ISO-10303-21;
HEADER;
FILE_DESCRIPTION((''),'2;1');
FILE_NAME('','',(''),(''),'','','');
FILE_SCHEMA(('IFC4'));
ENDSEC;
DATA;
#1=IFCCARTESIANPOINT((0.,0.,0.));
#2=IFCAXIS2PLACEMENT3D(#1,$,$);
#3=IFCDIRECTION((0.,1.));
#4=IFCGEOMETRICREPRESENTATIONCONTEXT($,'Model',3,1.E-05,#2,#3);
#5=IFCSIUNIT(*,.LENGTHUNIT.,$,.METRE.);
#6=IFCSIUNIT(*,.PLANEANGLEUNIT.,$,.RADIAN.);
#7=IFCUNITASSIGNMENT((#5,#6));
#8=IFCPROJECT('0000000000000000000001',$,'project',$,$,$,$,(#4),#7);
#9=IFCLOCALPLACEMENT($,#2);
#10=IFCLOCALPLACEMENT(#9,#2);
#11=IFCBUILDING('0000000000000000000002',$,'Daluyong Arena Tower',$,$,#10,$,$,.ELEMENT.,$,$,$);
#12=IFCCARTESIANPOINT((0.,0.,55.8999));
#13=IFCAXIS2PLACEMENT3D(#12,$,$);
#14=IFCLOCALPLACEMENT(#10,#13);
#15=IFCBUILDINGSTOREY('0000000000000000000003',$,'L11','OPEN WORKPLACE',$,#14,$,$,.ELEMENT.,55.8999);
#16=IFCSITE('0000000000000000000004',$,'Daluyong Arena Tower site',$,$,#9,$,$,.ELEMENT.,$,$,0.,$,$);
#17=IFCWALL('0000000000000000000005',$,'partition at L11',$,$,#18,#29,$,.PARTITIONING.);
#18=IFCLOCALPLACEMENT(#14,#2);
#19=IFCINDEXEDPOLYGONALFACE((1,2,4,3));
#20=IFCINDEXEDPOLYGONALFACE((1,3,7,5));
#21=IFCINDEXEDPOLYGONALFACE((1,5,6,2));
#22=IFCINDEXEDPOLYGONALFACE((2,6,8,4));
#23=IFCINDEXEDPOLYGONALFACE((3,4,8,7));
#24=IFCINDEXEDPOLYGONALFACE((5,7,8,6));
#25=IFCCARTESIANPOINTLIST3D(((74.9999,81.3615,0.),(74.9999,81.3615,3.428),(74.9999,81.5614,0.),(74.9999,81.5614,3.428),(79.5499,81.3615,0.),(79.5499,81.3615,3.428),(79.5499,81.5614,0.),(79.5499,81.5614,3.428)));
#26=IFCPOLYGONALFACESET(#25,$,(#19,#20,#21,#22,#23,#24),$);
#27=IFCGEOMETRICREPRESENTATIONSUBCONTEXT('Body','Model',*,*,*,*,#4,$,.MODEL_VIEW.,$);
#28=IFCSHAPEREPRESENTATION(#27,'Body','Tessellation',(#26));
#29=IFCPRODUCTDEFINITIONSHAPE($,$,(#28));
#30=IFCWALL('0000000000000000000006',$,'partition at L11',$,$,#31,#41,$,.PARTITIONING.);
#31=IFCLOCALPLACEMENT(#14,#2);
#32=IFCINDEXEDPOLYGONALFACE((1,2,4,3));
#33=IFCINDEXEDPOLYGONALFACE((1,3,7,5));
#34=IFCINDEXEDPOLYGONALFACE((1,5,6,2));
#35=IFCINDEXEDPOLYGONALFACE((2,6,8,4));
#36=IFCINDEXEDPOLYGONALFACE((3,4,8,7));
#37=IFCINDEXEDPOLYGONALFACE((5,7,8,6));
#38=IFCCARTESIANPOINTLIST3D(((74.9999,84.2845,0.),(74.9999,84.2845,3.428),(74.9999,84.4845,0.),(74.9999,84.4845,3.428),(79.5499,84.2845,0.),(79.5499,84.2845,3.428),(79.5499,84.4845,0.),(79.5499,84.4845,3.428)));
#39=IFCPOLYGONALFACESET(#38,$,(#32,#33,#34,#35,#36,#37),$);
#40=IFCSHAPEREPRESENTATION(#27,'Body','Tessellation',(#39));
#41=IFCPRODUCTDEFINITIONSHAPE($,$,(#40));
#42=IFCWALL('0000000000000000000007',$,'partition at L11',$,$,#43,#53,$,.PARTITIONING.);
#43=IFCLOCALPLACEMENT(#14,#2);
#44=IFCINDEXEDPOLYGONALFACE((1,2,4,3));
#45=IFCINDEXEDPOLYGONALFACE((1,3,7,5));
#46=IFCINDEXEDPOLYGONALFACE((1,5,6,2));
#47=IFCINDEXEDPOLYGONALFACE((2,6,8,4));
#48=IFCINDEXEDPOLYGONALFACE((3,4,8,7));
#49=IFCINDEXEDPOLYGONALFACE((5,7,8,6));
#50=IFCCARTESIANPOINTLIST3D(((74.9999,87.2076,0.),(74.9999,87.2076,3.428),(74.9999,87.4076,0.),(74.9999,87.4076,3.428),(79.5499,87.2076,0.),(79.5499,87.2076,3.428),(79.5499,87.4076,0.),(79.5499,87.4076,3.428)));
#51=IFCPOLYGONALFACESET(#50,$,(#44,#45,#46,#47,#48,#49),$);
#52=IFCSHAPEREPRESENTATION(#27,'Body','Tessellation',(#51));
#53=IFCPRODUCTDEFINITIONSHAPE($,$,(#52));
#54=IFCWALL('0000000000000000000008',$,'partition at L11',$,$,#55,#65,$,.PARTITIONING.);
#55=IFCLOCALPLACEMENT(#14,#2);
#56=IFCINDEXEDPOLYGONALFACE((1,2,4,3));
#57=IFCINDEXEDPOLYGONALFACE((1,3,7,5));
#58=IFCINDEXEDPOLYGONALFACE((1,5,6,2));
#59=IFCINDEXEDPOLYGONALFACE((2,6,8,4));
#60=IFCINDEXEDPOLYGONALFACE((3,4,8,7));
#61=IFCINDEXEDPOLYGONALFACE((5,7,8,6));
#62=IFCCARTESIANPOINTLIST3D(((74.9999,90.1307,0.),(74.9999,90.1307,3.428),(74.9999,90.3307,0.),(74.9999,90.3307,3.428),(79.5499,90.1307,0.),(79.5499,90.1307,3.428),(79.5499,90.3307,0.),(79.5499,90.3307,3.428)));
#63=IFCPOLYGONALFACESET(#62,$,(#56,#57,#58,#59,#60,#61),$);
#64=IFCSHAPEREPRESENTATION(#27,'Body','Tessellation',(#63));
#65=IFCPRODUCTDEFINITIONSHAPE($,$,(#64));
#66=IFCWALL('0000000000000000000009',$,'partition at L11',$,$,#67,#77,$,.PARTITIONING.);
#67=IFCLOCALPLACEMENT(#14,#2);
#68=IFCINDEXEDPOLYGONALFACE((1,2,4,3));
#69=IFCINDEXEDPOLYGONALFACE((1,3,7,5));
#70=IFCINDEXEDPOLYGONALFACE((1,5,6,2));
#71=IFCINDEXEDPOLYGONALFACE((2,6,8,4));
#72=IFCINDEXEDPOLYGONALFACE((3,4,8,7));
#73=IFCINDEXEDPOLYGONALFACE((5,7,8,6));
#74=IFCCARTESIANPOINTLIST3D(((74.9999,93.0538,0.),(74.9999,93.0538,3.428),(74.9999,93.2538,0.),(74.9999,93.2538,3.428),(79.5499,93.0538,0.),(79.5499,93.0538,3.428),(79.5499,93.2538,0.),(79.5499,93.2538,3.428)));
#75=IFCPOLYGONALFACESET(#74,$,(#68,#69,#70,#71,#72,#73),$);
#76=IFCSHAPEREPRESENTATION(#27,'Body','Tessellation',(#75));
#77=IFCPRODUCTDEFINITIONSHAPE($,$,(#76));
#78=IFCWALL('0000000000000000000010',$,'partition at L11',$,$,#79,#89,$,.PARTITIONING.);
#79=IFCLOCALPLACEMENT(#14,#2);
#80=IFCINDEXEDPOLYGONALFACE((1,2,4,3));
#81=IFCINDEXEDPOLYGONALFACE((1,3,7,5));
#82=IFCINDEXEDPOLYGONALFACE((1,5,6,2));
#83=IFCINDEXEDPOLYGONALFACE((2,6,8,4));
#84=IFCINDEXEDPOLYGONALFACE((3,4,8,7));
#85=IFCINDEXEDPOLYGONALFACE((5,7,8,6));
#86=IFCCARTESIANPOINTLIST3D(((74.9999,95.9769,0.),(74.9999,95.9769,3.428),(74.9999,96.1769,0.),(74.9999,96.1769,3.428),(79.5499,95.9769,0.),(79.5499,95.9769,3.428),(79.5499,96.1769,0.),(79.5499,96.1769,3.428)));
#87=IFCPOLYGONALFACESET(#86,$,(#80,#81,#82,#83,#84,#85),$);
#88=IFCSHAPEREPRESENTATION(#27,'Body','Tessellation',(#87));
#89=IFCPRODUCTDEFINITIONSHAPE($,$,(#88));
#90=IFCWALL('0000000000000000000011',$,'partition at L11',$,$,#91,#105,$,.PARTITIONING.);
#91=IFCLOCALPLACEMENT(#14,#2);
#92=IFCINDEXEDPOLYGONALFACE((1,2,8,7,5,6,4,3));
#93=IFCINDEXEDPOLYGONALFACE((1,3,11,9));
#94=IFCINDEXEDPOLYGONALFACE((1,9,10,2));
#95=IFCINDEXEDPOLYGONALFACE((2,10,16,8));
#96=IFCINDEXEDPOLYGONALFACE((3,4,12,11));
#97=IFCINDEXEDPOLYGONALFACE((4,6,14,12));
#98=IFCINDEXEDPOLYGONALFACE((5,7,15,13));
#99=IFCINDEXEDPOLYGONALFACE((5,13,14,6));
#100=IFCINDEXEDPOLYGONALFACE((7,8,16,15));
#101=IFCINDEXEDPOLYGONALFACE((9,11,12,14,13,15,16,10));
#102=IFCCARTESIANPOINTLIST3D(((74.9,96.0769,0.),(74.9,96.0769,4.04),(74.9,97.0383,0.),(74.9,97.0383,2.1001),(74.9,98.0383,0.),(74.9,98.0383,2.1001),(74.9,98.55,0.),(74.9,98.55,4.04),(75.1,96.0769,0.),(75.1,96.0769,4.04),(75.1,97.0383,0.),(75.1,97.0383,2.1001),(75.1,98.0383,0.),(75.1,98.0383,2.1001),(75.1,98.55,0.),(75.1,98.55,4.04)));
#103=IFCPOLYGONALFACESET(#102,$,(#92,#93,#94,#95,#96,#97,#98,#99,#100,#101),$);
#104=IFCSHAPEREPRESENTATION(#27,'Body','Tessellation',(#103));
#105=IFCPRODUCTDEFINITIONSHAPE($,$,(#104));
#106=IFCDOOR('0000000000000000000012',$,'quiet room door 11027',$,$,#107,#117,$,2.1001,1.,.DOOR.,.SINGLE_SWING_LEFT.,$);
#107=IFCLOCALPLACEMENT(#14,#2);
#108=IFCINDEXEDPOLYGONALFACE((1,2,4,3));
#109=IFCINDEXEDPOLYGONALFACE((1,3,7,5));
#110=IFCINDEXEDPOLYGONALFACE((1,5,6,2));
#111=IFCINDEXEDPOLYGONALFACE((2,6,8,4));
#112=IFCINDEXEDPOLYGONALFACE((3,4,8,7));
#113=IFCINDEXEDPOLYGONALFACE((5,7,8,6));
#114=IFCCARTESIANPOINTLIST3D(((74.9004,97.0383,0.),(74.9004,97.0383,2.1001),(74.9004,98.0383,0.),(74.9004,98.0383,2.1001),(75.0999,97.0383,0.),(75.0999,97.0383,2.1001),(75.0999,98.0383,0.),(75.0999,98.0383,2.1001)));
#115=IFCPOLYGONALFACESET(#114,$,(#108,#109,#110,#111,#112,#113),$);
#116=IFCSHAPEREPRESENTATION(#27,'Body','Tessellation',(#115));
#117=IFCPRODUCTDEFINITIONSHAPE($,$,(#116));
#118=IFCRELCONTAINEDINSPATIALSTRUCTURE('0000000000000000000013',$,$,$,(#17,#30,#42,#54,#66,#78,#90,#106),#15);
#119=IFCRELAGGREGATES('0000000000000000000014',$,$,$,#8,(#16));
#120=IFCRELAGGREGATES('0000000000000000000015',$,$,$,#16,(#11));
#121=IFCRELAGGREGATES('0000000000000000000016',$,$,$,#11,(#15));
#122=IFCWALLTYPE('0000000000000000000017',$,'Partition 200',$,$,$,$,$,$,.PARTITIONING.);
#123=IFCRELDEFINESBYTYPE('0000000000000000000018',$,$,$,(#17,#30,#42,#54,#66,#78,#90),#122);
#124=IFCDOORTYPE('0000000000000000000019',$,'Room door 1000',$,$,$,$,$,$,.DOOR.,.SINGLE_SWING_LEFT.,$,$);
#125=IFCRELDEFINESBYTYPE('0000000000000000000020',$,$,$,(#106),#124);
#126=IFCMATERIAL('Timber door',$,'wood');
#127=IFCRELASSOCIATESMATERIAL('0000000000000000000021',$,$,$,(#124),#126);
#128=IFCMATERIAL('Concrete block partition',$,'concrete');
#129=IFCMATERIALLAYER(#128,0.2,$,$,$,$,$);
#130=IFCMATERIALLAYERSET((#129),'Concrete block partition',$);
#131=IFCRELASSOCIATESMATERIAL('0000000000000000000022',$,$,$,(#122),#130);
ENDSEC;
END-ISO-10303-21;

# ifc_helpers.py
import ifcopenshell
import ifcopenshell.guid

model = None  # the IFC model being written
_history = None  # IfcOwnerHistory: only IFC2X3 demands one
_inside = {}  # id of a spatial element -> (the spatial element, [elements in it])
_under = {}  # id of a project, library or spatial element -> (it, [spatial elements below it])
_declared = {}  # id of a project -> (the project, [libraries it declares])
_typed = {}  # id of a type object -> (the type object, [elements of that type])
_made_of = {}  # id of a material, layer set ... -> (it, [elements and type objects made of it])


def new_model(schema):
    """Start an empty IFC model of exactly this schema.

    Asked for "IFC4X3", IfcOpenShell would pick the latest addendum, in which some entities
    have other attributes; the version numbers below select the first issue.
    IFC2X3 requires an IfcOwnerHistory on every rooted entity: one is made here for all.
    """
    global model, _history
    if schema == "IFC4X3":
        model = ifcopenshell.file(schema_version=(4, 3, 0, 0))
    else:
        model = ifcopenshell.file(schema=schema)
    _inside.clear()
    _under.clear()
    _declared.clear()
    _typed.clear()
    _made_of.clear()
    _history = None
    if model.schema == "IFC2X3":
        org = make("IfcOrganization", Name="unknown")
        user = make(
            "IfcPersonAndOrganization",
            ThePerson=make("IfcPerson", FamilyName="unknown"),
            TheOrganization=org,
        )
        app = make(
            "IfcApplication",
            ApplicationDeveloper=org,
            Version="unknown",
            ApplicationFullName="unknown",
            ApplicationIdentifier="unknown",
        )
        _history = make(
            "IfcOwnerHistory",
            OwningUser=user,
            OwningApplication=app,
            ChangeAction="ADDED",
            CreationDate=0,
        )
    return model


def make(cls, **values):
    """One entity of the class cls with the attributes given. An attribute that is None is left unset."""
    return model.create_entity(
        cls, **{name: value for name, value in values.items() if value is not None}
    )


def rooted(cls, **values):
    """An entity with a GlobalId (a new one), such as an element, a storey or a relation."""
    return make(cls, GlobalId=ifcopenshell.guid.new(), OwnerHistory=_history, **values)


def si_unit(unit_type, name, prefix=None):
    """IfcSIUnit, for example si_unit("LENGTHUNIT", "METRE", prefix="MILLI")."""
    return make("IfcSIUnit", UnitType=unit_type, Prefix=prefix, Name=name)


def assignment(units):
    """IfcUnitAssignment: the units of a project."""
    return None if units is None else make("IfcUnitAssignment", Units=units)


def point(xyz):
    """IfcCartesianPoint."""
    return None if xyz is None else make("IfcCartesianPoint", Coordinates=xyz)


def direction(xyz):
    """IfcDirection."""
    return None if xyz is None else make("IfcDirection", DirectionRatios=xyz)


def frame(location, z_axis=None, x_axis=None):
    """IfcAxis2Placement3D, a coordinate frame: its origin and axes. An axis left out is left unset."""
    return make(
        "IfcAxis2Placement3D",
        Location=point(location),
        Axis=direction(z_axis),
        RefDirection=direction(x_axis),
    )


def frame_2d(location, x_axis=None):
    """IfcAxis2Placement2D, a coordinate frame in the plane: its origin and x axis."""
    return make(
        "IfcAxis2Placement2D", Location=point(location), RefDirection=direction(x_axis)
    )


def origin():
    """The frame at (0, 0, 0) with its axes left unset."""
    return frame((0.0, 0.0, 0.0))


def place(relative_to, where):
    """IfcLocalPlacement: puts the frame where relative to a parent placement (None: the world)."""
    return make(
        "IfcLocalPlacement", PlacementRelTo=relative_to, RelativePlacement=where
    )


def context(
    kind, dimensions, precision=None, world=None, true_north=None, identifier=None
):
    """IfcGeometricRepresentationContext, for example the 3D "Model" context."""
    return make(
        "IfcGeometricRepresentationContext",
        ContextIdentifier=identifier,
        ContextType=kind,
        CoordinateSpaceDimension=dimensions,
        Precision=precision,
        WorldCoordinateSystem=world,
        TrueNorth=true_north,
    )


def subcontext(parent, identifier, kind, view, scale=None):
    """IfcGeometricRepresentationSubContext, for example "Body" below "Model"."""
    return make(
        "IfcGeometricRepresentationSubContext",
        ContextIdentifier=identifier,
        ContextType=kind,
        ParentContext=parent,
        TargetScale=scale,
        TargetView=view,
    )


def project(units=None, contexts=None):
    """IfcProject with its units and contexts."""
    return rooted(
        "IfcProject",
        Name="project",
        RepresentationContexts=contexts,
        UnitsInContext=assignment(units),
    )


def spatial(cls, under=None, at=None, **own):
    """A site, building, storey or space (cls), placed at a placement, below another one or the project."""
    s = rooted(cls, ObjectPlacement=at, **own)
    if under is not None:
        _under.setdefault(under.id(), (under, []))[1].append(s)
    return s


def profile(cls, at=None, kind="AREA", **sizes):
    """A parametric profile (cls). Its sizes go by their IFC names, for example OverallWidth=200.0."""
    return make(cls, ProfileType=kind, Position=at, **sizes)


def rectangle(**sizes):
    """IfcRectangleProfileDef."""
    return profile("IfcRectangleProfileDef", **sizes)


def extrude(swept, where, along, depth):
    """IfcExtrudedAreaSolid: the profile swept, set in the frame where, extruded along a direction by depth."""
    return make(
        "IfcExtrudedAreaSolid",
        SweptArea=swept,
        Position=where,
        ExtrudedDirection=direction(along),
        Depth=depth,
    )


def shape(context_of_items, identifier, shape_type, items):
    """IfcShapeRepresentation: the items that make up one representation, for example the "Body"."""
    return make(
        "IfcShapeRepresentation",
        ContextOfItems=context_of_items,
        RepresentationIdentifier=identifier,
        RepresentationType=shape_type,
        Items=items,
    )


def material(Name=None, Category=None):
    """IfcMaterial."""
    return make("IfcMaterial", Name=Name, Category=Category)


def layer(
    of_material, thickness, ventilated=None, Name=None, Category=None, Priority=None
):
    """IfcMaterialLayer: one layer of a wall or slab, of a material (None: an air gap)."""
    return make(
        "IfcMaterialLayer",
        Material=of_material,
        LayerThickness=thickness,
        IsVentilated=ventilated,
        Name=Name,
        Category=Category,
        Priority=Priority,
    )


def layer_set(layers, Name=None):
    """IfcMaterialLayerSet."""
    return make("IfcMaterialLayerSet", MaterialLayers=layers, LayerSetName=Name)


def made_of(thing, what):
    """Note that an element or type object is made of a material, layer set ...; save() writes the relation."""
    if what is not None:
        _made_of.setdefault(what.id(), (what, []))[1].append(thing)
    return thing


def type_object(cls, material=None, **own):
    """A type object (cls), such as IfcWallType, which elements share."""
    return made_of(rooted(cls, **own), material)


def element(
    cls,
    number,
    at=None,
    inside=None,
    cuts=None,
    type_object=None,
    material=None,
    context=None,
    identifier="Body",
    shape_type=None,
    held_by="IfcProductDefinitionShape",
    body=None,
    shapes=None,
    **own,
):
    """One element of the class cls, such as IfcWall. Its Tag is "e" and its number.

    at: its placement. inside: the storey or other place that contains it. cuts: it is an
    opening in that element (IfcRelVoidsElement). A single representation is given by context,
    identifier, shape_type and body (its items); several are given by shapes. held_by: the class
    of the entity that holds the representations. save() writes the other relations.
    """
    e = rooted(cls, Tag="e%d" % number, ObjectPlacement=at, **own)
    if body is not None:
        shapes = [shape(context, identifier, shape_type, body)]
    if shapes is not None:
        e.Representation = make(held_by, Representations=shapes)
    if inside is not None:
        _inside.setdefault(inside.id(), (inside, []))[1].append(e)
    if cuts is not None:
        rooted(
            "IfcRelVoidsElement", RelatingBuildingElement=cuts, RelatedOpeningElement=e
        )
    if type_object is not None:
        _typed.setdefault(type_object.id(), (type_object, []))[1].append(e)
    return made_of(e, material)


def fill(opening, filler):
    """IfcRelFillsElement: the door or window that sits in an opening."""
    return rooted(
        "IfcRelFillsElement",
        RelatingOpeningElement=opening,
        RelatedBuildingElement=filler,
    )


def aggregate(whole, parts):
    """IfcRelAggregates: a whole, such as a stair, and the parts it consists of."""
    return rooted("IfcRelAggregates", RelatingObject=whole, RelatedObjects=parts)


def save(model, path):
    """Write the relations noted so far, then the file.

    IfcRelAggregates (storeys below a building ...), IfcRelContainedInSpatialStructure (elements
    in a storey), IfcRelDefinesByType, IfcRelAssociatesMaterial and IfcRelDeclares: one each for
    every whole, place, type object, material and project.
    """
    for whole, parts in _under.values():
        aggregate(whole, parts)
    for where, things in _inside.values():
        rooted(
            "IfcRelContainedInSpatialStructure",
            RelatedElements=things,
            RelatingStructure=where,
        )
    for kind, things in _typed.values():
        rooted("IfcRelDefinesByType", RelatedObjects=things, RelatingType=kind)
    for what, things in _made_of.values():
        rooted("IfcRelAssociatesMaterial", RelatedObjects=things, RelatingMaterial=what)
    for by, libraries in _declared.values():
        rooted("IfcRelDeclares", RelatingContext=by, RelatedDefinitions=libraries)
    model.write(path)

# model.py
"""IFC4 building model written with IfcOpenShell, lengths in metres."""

from ifc_helpers import new_model, si_unit, direction, frame, frame_2d, origin, place, context, subcontext, project, spatial, rectangle, extrude, material, layer, layer_set, type_object, element, fill, save


model = new_model("IFC4")

# Units and contexts
model_context = context("Model", 3, precision=1e-05, world=origin(), true_north=direction((0.0, 1.0)))
body_context = subcontext(model_context, "Body", "Model", "MODEL_VIEW")
ifc_project = project(units=[si_unit("LENGTHUNIT", "METRE"), si_unit("PLANEANGLEUNIT", "RADIAN")], contexts=[model_context])

# Site, building, storey
site_placement = place(None, origin())
site = spatial("IfcSite", under=ifc_project, at=site_placement, Name="Daluyong Arena Tower site", CompositionType="ELEMENT", RefElevation=0.0)
building_placement = place(site_placement, origin())
building = spatial("IfcBuilding", under=site, at=building_placement, Name="Daluyong Arena Tower", CompositionType="ELEMENT")
storey_placement = place(building_placement, frame((0.0, 0.0, 55.8999)))
storey = spatial("IfcBuildingStorey", under=building, at=storey_placement, Name="L11", Description="OPEN WORKPLACE", CompositionType="ELEMENT", Elevation=55.8999)

# Shared definitions
ifc_material_1 = material(Name="Timber door", Category="wood")
door_type_1 = type_object("IfcDoorType", Name="Room door 1000", OperationType="SINGLE_SWING_LEFT", PredefinedType="DOOR", material=ifc_material_1)

# Walls
ifc_material_2 = material(Name="Concrete block partition", Category="concrete")
ifc_layer_1 = layer(ifc_material_2, 0.2)
ifc_layer_set_1 = layer_set([ifc_layer_1], Name="Concrete block partition")
wall_type_1 = type_object("IfcWallType", Name="Partition 200", PredefinedType="PARTITIONING", material=ifc_layer_set_1)
for number, where, z_axis, x_axis, name in (
    (1, (75.0, 81.4614, 0.0), (0.0, 0.0, 1.0), (1.0, 0.0, 0.0), "partition at L11"),
    (2, (75.0, 84.3845, 0.0), (0.0, 0.0, 1.0), (1.0, 0.0, 0.0), "partition at L11"),
    (3, (75.0, 87.3076, 0.0), (0.0, 0.0, 1.0), (1.0, 0.0, 0.0), "partition at L11"),
    (4, (75.0, 90.2307, 0.0), (0.0, 0.0, 1.0), (1.0, 0.0, 0.0), "partition at L11"),
    (5, (75.0, 93.1538, 0.0), (0.0, 0.0, 1.0), (1.0, 0.0, 0.0), "partition at L11"),
    (6, (75.0, 96.0769, 0.0), (0.0, 0.0, 1.0), (1.0, 0.0, 0.0), "partition at L11"),
):
    element("IfcWall", number, at=place(storey_placement, frame(where, z_axis=z_axis, x_axis=x_axis)), inside=storey, type_object=wall_type_1, Name=name, PredefinedType="PARTITIONING", context=body_context, shape_type="SweptSolid", body=[
        extrude(rectangle(XDim=4.55, YDim=0.2, at=frame_2d((2.2749, 0.0))), origin(), (0.0, 0.0, 1.0), 3.428),
    ])

# Wall, opening, door
wall_1_placement = place(storey_placement, frame((75.0, 96.0769, 0.0), z_axis=(0.0, 0.0, 1.0), x_axis=(0.0, 1.0, 0.0)))
wall_1 = element("IfcWall", 7, at=wall_1_placement, inside=storey, type_object=wall_type_1, Name="partition at L11", PredefinedType="PARTITIONING", context=body_context, shape_type="SweptSolid", body=[
    extrude(rectangle(XDim=2.4731, YDim=0.2, at=frame_2d((1.2366, 0.0))), origin(), (0.0, 0.0, 1.0), 4.04),
])
opening_1_placement = place(wall_1_placement, frame((0.9614, 0.0, 0.0)))
opening_1 = element("IfcOpeningElement", 8, at=opening_1_placement, cuts=wall_1, PredefinedType="OPENING", context=body_context, shape_type="SweptSolid", body=[
    extrude(rectangle(XDim=1.0, YDim=2.1001, at=frame_2d((0.5, 1.05))), frame((0.0, 0.1099, 0.0), z_axis=(0.0, -1.0, 0.0), x_axis=(1.0, 0.0, 0.0)), (0.0, 0.0, 1.0), 0.22),
])
door_1_placement = place(opening_1_placement, origin())
door_1 = element("IfcDoor", 9, at=door_1_placement, inside=storey, type_object=door_type_1, Name="quiet room door 11027", OperationType="SINGLE_SWING_LEFT", OverallHeight=2.1001, OverallWidth=1.0, PredefinedType="DOOR", context=body_context, shape_type="SweptSolid", body=[
    extrude(rectangle(XDim=1.0, YDim=2.1001, at=frame_2d((0.5, 1.05))), frame((0.0, 0.0996, 0.0), z_axis=(0.0, -1.0, 0.0), x_axis=(1.0, 0.0, 0.0)), (0.0, 0.0, 1.0), 0.1995),
])
fill(opening_1, door_1)

save(model, "model.ifc")
